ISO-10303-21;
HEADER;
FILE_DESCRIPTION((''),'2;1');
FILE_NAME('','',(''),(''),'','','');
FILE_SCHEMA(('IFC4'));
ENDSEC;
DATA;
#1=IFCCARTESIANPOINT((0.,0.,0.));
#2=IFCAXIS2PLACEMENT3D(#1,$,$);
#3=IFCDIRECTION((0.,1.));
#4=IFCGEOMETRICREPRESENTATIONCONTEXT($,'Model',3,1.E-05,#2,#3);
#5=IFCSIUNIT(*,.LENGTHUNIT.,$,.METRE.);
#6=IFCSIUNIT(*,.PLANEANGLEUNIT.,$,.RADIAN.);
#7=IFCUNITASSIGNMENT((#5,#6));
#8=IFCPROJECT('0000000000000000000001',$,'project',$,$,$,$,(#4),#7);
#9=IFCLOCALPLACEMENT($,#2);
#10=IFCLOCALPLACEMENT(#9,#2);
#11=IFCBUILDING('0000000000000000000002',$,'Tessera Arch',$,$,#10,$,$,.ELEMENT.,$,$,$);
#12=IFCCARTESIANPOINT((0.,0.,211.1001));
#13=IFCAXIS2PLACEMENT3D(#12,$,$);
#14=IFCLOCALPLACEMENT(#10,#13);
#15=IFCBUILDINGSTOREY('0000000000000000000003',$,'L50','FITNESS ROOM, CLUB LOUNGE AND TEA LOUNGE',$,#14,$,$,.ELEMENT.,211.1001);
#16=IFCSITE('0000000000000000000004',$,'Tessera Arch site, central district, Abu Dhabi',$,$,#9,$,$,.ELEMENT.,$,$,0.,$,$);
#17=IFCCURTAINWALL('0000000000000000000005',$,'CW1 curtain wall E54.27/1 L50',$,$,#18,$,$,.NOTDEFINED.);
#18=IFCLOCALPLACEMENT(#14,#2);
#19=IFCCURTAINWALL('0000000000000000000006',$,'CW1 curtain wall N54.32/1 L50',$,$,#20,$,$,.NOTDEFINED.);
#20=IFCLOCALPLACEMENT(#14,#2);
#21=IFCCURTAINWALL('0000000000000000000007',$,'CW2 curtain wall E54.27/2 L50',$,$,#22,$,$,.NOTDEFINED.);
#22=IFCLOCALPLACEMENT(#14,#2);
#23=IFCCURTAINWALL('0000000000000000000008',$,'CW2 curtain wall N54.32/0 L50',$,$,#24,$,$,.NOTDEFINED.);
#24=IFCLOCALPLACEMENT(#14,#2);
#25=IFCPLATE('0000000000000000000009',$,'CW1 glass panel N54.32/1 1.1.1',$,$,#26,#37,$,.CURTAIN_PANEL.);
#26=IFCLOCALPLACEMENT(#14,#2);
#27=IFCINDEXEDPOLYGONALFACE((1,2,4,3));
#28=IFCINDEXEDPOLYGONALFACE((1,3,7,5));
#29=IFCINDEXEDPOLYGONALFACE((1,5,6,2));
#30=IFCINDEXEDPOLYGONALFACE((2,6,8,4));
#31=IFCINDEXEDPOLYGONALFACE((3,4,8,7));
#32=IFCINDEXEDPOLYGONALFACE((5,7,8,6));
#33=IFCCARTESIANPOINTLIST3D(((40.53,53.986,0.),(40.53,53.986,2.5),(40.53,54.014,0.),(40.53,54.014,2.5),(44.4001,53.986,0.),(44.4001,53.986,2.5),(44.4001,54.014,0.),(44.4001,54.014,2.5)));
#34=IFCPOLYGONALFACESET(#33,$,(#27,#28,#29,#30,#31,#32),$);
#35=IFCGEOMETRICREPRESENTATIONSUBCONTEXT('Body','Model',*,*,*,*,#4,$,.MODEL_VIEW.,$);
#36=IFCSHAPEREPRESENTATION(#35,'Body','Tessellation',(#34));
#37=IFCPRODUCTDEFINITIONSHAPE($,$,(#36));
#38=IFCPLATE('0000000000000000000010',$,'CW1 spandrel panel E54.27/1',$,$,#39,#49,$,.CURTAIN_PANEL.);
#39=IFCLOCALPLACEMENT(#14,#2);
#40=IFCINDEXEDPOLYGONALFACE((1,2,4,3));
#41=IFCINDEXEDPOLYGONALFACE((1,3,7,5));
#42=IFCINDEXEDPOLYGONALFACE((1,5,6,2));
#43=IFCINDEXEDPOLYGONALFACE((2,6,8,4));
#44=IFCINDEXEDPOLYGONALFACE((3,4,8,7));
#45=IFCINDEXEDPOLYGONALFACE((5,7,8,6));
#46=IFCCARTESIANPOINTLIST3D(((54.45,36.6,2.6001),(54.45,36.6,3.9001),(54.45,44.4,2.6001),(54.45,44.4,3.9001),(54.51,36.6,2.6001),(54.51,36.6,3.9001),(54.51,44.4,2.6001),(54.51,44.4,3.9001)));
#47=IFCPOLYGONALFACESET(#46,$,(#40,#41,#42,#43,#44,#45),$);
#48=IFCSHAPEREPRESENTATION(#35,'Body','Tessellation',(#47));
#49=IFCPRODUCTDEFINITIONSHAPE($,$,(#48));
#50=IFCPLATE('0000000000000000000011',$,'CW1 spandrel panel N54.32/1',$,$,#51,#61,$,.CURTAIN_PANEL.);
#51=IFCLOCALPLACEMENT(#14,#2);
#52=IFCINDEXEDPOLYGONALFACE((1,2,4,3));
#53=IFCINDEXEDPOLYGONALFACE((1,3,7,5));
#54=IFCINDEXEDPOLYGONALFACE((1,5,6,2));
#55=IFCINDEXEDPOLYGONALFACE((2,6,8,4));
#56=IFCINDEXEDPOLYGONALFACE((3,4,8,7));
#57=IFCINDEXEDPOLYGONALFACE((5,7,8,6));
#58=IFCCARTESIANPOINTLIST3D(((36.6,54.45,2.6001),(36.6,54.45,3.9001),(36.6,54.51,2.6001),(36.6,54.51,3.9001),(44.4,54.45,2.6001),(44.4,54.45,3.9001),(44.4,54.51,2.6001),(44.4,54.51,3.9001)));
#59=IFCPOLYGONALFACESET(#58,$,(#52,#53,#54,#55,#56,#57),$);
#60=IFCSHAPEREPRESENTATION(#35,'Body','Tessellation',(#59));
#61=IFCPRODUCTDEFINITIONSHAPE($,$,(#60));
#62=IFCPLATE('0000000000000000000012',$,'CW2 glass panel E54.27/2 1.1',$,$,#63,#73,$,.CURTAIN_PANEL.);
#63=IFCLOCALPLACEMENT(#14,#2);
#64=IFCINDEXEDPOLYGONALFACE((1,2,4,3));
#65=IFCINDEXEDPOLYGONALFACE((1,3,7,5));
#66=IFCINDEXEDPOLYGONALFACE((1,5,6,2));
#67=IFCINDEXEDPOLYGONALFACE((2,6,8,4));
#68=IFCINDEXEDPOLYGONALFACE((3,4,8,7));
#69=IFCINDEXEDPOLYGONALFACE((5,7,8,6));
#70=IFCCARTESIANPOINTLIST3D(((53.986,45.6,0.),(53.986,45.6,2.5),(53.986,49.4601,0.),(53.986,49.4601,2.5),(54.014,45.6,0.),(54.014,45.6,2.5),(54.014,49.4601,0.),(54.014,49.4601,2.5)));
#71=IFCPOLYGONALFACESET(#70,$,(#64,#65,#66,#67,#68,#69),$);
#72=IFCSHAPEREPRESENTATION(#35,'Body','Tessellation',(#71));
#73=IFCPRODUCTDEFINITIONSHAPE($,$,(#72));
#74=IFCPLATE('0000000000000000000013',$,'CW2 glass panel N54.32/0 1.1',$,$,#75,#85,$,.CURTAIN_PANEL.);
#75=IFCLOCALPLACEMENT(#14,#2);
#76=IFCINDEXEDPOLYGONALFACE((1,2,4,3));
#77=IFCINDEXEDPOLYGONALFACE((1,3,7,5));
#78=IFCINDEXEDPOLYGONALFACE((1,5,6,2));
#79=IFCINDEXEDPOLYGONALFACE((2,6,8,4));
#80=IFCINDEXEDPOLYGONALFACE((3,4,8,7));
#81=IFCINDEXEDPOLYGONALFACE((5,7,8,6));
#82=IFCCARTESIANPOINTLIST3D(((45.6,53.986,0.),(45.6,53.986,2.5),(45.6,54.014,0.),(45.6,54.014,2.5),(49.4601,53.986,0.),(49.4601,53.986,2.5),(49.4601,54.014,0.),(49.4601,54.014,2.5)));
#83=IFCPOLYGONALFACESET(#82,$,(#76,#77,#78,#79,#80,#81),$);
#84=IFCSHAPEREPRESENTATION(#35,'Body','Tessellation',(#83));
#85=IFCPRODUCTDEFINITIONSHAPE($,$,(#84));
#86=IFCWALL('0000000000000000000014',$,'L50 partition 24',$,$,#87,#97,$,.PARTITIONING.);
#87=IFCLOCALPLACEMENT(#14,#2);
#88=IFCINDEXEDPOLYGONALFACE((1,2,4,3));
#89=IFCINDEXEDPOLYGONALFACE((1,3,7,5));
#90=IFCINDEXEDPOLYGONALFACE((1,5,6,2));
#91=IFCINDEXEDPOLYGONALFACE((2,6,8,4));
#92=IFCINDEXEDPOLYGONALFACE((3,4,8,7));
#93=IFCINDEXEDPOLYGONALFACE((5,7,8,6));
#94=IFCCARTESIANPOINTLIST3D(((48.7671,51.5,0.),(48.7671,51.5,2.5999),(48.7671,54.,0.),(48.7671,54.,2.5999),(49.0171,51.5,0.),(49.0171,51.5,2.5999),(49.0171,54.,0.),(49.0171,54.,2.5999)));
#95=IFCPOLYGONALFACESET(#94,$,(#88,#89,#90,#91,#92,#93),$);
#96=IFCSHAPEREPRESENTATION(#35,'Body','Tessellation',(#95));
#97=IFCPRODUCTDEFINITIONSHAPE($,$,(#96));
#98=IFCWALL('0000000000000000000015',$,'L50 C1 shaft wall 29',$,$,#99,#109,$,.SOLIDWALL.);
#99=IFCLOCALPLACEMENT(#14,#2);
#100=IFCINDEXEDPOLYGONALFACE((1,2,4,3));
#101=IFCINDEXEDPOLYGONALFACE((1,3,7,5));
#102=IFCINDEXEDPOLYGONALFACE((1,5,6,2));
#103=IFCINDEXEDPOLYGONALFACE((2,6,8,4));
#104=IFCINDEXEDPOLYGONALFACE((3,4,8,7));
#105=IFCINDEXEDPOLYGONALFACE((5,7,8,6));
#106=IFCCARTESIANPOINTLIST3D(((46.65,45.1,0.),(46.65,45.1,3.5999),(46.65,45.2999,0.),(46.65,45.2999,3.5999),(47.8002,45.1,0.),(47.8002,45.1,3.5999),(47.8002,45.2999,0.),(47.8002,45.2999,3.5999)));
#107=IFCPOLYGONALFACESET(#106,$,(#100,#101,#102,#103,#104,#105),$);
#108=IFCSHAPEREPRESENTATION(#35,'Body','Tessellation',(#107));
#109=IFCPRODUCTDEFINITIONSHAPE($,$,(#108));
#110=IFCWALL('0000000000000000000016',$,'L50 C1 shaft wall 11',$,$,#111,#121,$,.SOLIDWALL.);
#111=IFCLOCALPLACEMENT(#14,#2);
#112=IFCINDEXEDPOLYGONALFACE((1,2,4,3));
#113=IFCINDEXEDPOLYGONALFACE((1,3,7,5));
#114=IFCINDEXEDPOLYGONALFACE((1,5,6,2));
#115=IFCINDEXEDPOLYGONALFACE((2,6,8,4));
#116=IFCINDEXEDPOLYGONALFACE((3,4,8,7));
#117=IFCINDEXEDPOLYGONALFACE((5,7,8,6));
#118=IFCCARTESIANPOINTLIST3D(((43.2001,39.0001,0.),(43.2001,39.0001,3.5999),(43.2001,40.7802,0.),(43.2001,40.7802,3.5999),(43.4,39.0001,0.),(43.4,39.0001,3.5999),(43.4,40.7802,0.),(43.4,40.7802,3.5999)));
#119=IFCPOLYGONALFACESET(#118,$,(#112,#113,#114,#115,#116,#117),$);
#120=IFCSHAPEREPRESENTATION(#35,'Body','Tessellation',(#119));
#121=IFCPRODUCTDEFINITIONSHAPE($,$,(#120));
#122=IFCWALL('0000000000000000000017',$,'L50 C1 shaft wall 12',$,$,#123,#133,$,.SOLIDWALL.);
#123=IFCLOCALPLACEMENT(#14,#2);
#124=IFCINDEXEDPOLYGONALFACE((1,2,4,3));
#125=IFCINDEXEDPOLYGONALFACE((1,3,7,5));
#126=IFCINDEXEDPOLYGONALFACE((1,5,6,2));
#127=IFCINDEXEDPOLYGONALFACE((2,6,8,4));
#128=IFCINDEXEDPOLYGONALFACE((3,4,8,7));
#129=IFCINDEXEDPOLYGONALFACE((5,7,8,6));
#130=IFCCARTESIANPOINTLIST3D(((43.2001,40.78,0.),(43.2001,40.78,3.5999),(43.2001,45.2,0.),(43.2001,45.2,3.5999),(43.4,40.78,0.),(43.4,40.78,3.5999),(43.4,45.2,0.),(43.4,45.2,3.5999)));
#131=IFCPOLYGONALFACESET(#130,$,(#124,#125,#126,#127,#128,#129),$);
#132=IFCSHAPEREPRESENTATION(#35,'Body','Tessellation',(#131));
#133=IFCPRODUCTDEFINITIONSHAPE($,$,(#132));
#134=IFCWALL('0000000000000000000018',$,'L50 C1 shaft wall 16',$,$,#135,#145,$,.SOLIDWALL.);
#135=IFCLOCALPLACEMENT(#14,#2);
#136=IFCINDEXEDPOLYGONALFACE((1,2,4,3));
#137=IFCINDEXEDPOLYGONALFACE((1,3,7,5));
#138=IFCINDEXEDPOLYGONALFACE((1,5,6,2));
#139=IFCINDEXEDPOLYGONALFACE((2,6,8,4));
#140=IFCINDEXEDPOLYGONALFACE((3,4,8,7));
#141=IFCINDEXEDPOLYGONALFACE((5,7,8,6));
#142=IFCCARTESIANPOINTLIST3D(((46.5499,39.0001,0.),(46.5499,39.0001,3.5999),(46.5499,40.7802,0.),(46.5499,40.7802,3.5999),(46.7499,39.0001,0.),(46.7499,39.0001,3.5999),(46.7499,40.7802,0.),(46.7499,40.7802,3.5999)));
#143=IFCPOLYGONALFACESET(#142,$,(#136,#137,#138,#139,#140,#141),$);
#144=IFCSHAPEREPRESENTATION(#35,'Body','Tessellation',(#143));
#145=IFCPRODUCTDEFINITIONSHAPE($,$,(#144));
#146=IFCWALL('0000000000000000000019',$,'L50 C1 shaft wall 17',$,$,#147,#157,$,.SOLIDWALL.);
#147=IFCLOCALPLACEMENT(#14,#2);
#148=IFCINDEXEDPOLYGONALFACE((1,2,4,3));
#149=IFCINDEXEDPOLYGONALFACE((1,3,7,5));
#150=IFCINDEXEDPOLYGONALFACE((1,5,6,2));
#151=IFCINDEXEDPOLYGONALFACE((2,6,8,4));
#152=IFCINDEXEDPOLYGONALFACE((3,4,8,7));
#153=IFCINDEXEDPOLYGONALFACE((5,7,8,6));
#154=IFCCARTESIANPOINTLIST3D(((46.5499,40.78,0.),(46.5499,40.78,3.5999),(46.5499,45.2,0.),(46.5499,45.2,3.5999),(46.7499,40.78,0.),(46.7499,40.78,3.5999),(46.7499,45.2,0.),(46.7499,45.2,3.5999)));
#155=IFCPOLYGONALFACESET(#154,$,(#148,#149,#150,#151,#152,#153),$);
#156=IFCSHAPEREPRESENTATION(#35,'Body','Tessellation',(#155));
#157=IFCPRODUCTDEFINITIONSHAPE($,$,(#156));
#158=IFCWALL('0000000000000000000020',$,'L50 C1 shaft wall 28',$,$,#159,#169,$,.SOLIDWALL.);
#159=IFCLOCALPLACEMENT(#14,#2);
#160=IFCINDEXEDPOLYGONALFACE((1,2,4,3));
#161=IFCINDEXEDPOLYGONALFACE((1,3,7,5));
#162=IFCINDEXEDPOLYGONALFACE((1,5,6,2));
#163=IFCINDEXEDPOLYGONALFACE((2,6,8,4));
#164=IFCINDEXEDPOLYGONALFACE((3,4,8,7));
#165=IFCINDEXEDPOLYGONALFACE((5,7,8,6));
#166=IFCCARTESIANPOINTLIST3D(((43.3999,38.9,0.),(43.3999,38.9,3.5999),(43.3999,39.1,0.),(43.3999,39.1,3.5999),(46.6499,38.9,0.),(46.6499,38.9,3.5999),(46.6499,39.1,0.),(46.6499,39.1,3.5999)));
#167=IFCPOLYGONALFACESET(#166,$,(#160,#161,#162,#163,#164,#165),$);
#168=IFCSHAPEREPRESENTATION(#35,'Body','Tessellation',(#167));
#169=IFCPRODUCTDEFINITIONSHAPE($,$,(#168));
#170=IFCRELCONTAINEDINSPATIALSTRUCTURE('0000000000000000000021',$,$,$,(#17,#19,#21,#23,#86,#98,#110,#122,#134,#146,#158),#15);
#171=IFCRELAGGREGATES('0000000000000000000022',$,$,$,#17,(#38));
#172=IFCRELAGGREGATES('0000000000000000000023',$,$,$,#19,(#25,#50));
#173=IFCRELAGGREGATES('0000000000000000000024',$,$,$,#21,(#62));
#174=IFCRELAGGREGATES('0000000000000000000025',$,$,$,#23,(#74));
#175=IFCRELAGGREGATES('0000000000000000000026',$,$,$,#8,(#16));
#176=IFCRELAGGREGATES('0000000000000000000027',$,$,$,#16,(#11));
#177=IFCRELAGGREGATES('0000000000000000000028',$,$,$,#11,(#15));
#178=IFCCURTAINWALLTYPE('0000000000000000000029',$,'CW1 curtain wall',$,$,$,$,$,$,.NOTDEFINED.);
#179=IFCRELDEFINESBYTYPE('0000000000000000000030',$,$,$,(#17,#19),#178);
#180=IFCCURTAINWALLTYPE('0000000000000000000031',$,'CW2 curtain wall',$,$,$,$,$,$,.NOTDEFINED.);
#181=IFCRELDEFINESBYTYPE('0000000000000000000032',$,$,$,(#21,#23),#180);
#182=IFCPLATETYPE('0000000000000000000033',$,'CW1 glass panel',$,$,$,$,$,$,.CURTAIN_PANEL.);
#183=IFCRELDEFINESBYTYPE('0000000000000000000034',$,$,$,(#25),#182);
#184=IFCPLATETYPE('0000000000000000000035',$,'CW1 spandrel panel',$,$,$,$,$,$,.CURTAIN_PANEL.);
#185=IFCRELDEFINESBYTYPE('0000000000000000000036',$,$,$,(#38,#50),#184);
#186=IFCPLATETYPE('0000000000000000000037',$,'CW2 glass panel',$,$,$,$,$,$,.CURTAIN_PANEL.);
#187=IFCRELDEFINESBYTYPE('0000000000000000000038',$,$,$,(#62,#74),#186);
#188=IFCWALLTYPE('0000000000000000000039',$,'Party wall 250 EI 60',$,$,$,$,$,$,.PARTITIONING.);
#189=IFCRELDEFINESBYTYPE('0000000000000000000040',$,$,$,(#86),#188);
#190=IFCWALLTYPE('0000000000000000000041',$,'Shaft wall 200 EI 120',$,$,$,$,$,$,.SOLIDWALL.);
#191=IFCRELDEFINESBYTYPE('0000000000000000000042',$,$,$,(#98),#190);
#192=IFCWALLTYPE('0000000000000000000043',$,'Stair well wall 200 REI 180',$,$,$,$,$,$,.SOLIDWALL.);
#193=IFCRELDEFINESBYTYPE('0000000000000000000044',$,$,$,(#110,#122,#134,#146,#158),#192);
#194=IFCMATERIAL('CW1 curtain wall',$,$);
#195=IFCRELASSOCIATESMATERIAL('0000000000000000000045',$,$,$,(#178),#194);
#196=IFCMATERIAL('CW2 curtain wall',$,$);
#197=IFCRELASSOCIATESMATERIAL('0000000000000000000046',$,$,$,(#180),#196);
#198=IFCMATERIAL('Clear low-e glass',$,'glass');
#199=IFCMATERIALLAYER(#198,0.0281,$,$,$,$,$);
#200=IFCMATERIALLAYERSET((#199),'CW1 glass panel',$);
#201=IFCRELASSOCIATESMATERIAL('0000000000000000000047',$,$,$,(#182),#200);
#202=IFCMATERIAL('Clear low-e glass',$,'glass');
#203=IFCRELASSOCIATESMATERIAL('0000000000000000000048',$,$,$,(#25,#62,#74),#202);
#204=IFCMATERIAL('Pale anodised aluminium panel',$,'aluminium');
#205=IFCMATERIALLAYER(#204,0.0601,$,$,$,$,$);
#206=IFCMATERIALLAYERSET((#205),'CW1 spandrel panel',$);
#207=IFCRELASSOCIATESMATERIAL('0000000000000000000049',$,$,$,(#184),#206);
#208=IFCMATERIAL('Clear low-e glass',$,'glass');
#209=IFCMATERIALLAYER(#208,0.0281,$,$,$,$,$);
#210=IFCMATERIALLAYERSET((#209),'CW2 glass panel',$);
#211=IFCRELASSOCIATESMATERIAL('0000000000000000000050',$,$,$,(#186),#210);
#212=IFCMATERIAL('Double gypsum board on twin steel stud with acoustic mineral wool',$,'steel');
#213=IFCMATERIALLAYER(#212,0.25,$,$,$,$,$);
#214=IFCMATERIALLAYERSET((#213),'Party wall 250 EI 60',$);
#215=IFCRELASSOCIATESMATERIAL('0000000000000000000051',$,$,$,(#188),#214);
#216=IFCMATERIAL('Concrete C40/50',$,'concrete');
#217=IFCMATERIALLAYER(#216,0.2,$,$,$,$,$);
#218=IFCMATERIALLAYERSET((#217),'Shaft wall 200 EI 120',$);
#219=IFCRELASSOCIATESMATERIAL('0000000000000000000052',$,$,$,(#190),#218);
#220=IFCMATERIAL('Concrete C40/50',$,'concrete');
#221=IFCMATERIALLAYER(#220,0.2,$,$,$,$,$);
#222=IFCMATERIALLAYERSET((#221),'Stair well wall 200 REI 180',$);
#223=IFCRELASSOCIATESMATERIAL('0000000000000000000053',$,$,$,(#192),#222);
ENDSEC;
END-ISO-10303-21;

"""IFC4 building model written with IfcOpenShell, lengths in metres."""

from ifc_helpers import new_model, si_unit, direction, frame, frame_2d, origin, origin_2d, place, context, subcontext, project, spatial, rectangle, extrude, material, layer, layer_set, type_object, element, aggregate, save


model = new_model("IFC4")

# Units and contexts
model_context = context("Model", 3, precision=1e-05, world=origin(), true_north=direction((0.0, 1.0)))
body_context = subcontext(model_context, "Body", "Model", "MODEL_VIEW")
ifc_project = project(units=[si_unit("LENGTHUNIT", "METRE"), si_unit("PLANEANGLEUNIT", "RADIAN")], contexts=[model_context])

# Site, building, storey
site_placement = place(None, origin())
site = spatial("IfcSite", under=ifc_project, at=site_placement, Name="Tessera Arch site, central district, Abu Dhabi", CompositionType="ELEMENT", RefElevation=0.0)
building_placement = place(site_placement, origin())
building = spatial("IfcBuilding", under=site, at=building_placement, Name="Tessera Arch", CompositionType="ELEMENT")
storey_placement = place(building_placement, frame((0.0, 0.0, 211.1001)))
storey = spatial("IfcBuildingStorey", under=building, at=storey_placement, Name="L50", Description="FITNESS ROOM, CLUB LOUNGE AND TEA LOUNGE", CompositionType="ELEMENT", Elevation=211.1001)

# Curtain wall
ifc_material_1 = material(Name="CW1 curtain wall")
curtain_wall_type_1 = type_object("IfcCurtainWallType", Name="CW1 curtain wall", PredefinedType="NOTDEFINED", material=ifc_material_1)
curtain_wall_1_placement = place(storey_placement, origin())
curtain_wall_1 = element("IfcCurtainWall", 1, at=curtain_wall_1_placement, inside=storey, type_object=curtain_wall_type_1, Name="CW1 curtain wall E54.27/1 L50", PredefinedType="NOTDEFINED")

# Curtain wall
curtain_wall_2_placement = place(storey_placement, origin())
curtain_wall_2 = element("IfcCurtainWall", 2, at=curtain_wall_2_placement, inside=storey, type_object=curtain_wall_type_1, Name="CW1 curtain wall N54.32/1 L50", PredefinedType="NOTDEFINED")

# Curtain walls
ifc_material_2 = material(Name="CW2 curtain wall")
curtain_wall_type_2 = type_object("IfcCurtainWallType", Name="CW2 curtain wall", PredefinedType="NOTDEFINED", material=ifc_material_2)
curtain_wall_3_placement = place(storey_placement, origin())
curtain_wall_3 = element("IfcCurtainWall", 3, at=curtain_wall_3_placement, inside=storey, type_object=curtain_wall_type_2, Name="CW2 curtain wall E54.27/2 L50", PredefinedType="NOTDEFINED")
curtain_wall_4_placement = place(storey_placement, origin())
curtain_wall_4 = element("IfcCurtainWall", 4, at=curtain_wall_4_placement, inside=storey, type_object=curtain_wall_type_2, Name="CW2 curtain wall N54.32/0 L50", PredefinedType="NOTDEFINED")

# Plates
ifc_material_3 = material(Name="Clear low-e glass", Category="glass")
ifc_material_4 = material(Name="Clear low-e glass", Category="glass")
ifc_layer_1 = layer(ifc_material_4, 0.0281)
ifc_layer_set_1 = layer_set([ifc_layer_1], Name="CW1 glass panel")
plate_type_1 = type_object("IfcPlateType", Name="CW1 glass panel", PredefinedType="CURTAIN_PANEL", material=ifc_layer_set_1)
plate_1_placement = place(storey_placement, frame((42.4651, 54.0, 0.0), z_axis=(0.0, 0.0, 1.0), x_axis=(-1.0, 0.0, 0.0)))
plate_1 = element("IfcPlate", 5, at=plate_1_placement, type_object=plate_type_1, material=ifc_material_3, Name="CW1 glass panel N54.32/1 1.1.1", PredefinedType="CURTAIN_PANEL", context=body_context, shape_type="SweptSolid", body=[
    extrude(rectangle(XDim=3.8701, YDim=0.0281, at=origin_2d()), origin(), (0.0, 0.0, 1.0), 2.5),
])
ifc_material_5 = material(Name="Pale anodised aluminium panel", Category="aluminium")
ifc_layer_2 = layer(ifc_material_5, 0.0601)
ifc_layer_set_2 = layer_set([ifc_layer_2], Name="CW1 spandrel panel")
plate_type_2 = type_object("IfcPlateType", Name="CW1 spandrel panel", PredefinedType="CURTAIN_PANEL", material=ifc_layer_set_2)
plate_2_placement = place(storey_placement, frame((54.48, 40.5, 2.6001), z_axis=(0.0, 0.0, 1.0), x_axis=(0.0, 1.0, 0.0)))
plate_2 = element("IfcPlate", 6, at=plate_2_placement, type_object=plate_type_2, Name="CW1 spandrel panel E54.27/1", PredefinedType="CURTAIN_PANEL", context=body_context, shape_type="SweptSolid", body=[
    extrude(rectangle(XDim=7.8, YDim=0.0601, at=origin_2d()), origin(), (0.0, 0.0, 1.0), 1.3),
])
aggregate(curtain_wall_1, [plate_2])
plate_3_placement = place(storey_placement, frame((40.5, 54.48, 2.6001), z_axis=(0.0, 0.0, 1.0), x_axis=(-1.0, 0.0, 0.0)))
plate_3 = element("IfcPlate", 7, at=plate_3_placement, type_object=plate_type_2, Name="CW1 spandrel panel N54.32/1", PredefinedType="CURTAIN_PANEL", context=body_context, shape_type="SweptSolid", body=[
    extrude(rectangle(XDim=7.8, YDim=0.0601, at=origin_2d()), origin(), (0.0, 0.0, 1.0), 1.3),
])
aggregate(curtain_wall_2, [plate_1, plate_3])
ifc_material_6 = material(Name="Clear low-e glass", Category="glass")
ifc_layer_3 = layer(ifc_material_6, 0.0281)
ifc_layer_set_3 = layer_set([ifc_layer_3], Name="CW2 glass panel")
plate_type_3 = type_object("IfcPlateType", Name="CW2 glass panel", PredefinedType="CURTAIN_PANEL", material=ifc_layer_set_3)
plate_4_placement = place(storey_placement, frame((54.0, 47.53, 0.0), z_axis=(0.0, 0.0, 1.0), x_axis=(0.0, 1.0, 0.0)))
plate_4 = element("IfcPlate", 8, at=plate_4_placement, type_object=plate_type_3, material=ifc_material_3, Name="CW2 glass panel E54.27/2 1.1", PredefinedType="CURTAIN_PANEL", context=body_context, shape_type="SweptSolid", body=[
    extrude(rectangle(XDim=3.8601, YDim=0.0281, at=origin_2d()), origin(), (0.0, 0.0, 1.0), 2.5),
])
aggregate(curtain_wall_3, [plate_4])
plate_5_placement = place(storey_placement, frame((47.53, 54.0, 0.0), z_axis=(0.0, 0.0, 1.0), x_axis=(-1.0, 0.0, 0.0)))
plate_5 = element("IfcPlate", 9, at=plate_5_placement, type_object=plate_type_3, material=ifc_material_3, Name="CW2 glass panel N54.32/0 1.1", PredefinedType="CURTAIN_PANEL", context=body_context, shape_type="SweptSolid", body=[
    extrude(rectangle(XDim=3.8601, YDim=0.0281, at=origin_2d()), origin(), (0.0, 0.0, 1.0), 2.5),
])
aggregate(curtain_wall_4, [plate_5])

# Walls
ifc_material_7 = material(Name="Double gypsum board on twin steel stud with acoustic mineral wool", Category="steel")
ifc_layer_4 = layer(ifc_material_7, 0.25)
ifc_layer_set_4 = layer_set([ifc_layer_4], Name="Party wall 250 EI 60")
wall_type_1 = type_object("IfcWallType", Name="Party wall 250 EI 60", PredefinedType="PARTITIONING", material=ifc_layer_set_4)
wall_1_placement = place(storey_placement, frame((48.8921, 51.5, 0.0), z_axis=(0.0, 0.0, 1.0), x_axis=(0.0, 1.0, 0.0)))
element("IfcWall", 10, at=wall_1_placement, inside=storey, type_object=wall_type_1, Name="L50 partition 24", PredefinedType="PARTITIONING", context=body_context, shape_type="SweptSolid", body=[
    extrude(rectangle(XDim=2.5, YDim=0.25, at=frame_2d((1.25, 0.0))), origin(), (0.0, 0.0, 1.0), 2.5999),
])
ifc_material_8 = material(Name="Concrete C40/50", Category="concrete")
ifc_layer_5 = layer(ifc_material_8, 0.2)
ifc_layer_set_5 = layer_set([ifc_layer_5], Name="Shaft wall 200 EI 120")
wall_type_2 = type_object("IfcWallType", Name="Shaft wall 200 EI 120", PredefinedType="SOLIDWALL", material=ifc_layer_set_5)
wall_2_placement = place(storey_placement, frame((46.6499, 45.2, 0.0), z_axis=(0.0, 0.0, 1.0), x_axis=(1.0, 0.0, 0.0)))
element("IfcWall", 11, at=wall_2_placement, inside=storey, type_object=wall_type_2, Name="L50 C1 shaft wall 29", PredefinedType="SOLIDWALL", context=body_context, shape_type="SweptSolid", body=[
    extrude(rectangle(XDim=1.1501, YDim=0.2, at=frame_2d((0.5752, 0.0))), origin(), (0.0, 0.0, 1.0), 3.5999),
])
ifc_material_9 = material(Name="Concrete C40/50", Category="concrete")
ifc_layer_6 = layer(ifc_material_9, 0.2)
ifc_layer_set_6 = layer_set([ifc_layer_6], Name="Stair well wall 200 REI 180")
wall_type_3 = type_object("IfcWallType", Name="Stair well wall 200 REI 180", PredefinedType="SOLIDWALL", material=ifc_layer_set_6)
wall_3_placement = place(storey_placement, frame((43.3, 39.0, 0.0), z_axis=(0.0, 0.0, 1.0), x_axis=(0.0, 1.0, 0.0)))
element("IfcWall", 12, at=wall_3_placement, inside=storey, type_object=wall_type_3, Name="L50 C1 shaft wall 11", PredefinedType="SOLIDWALL", context=body_context, shape_type="SweptSolid", body=[
    extrude(rectangle(XDim=1.78, YDim=0.2, at=frame_2d((0.8901, 0.0))), origin(), (0.0, 0.0, 1.0), 3.5999),
])
wall_4_placement = place(storey_placement, frame((43.3, 40.78, 0.0), z_axis=(0.0, 0.0, 1.0), x_axis=(0.0, 1.0, 0.0)))
element("IfcWall", 13, at=wall_4_placement, inside=storey, type_object=wall_type_3, Name="L50 C1 shaft wall 12", PredefinedType="SOLIDWALL", context=body_context, shape_type="SweptSolid", body=[
    extrude(rectangle(XDim=4.4199, YDim=0.2, at=frame_2d((2.21, 0.0))), origin(), (0.0, 0.0, 1.0), 3.5999),
])
wall_5_placement = place(storey_placement, frame((46.6499, 39.0, 0.0), z_axis=(0.0, 0.0, 1.0), x_axis=(0.0, 1.0, 0.0)))
element("IfcWall", 14, at=wall_5_placement, inside=storey, type_object=wall_type_3, Name="L50 C1 shaft wall 16", PredefinedType="SOLIDWALL", context=body_context, shape_type="SweptSolid", body=[
    extrude(rectangle(XDim=1.78, YDim=0.2, at=frame_2d((0.8901, 0.0))), origin(), (0.0, 0.0, 1.0), 3.5999),
])
wall_6_placement = place(storey_placement, frame((46.6499, 40.78, 0.0), z_axis=(0.0, 0.0, 1.0), x_axis=(0.0, 1.0, 0.0)))
element("IfcWall", 15, at=wall_6_placement, inside=storey, type_object=wall_type_3, Name="L50 C1 shaft wall 17", PredefinedType="SOLIDWALL", context=body_context, shape_type="SweptSolid", body=[
    extrude(rectangle(XDim=4.4199, YDim=0.2, at=frame_2d((2.21, 0.0))), origin(), (0.0, 0.0, 1.0), 3.5999),
])
wall_7_placement = place(storey_placement, frame((43.3999, 39.0, 0.0), z_axis=(0.0, 0.0, 1.0), x_axis=(1.0, 0.0, 0.0)))
element("IfcWall", 16, at=wall_7_placement, inside=storey, type_object=wall_type_3, Name="L50 C1 shaft wall 28", PredefinedType="SOLIDWALL", context=body_context, shape_type="SweptSolid", body=[
    extrude(rectangle(XDim=3.25, YDim=0.2, at=frame_2d((1.625, 0.0))), origin(), (0.0, 0.0, 1.0), 3.5999),
])

save(model, "model.ifc")
